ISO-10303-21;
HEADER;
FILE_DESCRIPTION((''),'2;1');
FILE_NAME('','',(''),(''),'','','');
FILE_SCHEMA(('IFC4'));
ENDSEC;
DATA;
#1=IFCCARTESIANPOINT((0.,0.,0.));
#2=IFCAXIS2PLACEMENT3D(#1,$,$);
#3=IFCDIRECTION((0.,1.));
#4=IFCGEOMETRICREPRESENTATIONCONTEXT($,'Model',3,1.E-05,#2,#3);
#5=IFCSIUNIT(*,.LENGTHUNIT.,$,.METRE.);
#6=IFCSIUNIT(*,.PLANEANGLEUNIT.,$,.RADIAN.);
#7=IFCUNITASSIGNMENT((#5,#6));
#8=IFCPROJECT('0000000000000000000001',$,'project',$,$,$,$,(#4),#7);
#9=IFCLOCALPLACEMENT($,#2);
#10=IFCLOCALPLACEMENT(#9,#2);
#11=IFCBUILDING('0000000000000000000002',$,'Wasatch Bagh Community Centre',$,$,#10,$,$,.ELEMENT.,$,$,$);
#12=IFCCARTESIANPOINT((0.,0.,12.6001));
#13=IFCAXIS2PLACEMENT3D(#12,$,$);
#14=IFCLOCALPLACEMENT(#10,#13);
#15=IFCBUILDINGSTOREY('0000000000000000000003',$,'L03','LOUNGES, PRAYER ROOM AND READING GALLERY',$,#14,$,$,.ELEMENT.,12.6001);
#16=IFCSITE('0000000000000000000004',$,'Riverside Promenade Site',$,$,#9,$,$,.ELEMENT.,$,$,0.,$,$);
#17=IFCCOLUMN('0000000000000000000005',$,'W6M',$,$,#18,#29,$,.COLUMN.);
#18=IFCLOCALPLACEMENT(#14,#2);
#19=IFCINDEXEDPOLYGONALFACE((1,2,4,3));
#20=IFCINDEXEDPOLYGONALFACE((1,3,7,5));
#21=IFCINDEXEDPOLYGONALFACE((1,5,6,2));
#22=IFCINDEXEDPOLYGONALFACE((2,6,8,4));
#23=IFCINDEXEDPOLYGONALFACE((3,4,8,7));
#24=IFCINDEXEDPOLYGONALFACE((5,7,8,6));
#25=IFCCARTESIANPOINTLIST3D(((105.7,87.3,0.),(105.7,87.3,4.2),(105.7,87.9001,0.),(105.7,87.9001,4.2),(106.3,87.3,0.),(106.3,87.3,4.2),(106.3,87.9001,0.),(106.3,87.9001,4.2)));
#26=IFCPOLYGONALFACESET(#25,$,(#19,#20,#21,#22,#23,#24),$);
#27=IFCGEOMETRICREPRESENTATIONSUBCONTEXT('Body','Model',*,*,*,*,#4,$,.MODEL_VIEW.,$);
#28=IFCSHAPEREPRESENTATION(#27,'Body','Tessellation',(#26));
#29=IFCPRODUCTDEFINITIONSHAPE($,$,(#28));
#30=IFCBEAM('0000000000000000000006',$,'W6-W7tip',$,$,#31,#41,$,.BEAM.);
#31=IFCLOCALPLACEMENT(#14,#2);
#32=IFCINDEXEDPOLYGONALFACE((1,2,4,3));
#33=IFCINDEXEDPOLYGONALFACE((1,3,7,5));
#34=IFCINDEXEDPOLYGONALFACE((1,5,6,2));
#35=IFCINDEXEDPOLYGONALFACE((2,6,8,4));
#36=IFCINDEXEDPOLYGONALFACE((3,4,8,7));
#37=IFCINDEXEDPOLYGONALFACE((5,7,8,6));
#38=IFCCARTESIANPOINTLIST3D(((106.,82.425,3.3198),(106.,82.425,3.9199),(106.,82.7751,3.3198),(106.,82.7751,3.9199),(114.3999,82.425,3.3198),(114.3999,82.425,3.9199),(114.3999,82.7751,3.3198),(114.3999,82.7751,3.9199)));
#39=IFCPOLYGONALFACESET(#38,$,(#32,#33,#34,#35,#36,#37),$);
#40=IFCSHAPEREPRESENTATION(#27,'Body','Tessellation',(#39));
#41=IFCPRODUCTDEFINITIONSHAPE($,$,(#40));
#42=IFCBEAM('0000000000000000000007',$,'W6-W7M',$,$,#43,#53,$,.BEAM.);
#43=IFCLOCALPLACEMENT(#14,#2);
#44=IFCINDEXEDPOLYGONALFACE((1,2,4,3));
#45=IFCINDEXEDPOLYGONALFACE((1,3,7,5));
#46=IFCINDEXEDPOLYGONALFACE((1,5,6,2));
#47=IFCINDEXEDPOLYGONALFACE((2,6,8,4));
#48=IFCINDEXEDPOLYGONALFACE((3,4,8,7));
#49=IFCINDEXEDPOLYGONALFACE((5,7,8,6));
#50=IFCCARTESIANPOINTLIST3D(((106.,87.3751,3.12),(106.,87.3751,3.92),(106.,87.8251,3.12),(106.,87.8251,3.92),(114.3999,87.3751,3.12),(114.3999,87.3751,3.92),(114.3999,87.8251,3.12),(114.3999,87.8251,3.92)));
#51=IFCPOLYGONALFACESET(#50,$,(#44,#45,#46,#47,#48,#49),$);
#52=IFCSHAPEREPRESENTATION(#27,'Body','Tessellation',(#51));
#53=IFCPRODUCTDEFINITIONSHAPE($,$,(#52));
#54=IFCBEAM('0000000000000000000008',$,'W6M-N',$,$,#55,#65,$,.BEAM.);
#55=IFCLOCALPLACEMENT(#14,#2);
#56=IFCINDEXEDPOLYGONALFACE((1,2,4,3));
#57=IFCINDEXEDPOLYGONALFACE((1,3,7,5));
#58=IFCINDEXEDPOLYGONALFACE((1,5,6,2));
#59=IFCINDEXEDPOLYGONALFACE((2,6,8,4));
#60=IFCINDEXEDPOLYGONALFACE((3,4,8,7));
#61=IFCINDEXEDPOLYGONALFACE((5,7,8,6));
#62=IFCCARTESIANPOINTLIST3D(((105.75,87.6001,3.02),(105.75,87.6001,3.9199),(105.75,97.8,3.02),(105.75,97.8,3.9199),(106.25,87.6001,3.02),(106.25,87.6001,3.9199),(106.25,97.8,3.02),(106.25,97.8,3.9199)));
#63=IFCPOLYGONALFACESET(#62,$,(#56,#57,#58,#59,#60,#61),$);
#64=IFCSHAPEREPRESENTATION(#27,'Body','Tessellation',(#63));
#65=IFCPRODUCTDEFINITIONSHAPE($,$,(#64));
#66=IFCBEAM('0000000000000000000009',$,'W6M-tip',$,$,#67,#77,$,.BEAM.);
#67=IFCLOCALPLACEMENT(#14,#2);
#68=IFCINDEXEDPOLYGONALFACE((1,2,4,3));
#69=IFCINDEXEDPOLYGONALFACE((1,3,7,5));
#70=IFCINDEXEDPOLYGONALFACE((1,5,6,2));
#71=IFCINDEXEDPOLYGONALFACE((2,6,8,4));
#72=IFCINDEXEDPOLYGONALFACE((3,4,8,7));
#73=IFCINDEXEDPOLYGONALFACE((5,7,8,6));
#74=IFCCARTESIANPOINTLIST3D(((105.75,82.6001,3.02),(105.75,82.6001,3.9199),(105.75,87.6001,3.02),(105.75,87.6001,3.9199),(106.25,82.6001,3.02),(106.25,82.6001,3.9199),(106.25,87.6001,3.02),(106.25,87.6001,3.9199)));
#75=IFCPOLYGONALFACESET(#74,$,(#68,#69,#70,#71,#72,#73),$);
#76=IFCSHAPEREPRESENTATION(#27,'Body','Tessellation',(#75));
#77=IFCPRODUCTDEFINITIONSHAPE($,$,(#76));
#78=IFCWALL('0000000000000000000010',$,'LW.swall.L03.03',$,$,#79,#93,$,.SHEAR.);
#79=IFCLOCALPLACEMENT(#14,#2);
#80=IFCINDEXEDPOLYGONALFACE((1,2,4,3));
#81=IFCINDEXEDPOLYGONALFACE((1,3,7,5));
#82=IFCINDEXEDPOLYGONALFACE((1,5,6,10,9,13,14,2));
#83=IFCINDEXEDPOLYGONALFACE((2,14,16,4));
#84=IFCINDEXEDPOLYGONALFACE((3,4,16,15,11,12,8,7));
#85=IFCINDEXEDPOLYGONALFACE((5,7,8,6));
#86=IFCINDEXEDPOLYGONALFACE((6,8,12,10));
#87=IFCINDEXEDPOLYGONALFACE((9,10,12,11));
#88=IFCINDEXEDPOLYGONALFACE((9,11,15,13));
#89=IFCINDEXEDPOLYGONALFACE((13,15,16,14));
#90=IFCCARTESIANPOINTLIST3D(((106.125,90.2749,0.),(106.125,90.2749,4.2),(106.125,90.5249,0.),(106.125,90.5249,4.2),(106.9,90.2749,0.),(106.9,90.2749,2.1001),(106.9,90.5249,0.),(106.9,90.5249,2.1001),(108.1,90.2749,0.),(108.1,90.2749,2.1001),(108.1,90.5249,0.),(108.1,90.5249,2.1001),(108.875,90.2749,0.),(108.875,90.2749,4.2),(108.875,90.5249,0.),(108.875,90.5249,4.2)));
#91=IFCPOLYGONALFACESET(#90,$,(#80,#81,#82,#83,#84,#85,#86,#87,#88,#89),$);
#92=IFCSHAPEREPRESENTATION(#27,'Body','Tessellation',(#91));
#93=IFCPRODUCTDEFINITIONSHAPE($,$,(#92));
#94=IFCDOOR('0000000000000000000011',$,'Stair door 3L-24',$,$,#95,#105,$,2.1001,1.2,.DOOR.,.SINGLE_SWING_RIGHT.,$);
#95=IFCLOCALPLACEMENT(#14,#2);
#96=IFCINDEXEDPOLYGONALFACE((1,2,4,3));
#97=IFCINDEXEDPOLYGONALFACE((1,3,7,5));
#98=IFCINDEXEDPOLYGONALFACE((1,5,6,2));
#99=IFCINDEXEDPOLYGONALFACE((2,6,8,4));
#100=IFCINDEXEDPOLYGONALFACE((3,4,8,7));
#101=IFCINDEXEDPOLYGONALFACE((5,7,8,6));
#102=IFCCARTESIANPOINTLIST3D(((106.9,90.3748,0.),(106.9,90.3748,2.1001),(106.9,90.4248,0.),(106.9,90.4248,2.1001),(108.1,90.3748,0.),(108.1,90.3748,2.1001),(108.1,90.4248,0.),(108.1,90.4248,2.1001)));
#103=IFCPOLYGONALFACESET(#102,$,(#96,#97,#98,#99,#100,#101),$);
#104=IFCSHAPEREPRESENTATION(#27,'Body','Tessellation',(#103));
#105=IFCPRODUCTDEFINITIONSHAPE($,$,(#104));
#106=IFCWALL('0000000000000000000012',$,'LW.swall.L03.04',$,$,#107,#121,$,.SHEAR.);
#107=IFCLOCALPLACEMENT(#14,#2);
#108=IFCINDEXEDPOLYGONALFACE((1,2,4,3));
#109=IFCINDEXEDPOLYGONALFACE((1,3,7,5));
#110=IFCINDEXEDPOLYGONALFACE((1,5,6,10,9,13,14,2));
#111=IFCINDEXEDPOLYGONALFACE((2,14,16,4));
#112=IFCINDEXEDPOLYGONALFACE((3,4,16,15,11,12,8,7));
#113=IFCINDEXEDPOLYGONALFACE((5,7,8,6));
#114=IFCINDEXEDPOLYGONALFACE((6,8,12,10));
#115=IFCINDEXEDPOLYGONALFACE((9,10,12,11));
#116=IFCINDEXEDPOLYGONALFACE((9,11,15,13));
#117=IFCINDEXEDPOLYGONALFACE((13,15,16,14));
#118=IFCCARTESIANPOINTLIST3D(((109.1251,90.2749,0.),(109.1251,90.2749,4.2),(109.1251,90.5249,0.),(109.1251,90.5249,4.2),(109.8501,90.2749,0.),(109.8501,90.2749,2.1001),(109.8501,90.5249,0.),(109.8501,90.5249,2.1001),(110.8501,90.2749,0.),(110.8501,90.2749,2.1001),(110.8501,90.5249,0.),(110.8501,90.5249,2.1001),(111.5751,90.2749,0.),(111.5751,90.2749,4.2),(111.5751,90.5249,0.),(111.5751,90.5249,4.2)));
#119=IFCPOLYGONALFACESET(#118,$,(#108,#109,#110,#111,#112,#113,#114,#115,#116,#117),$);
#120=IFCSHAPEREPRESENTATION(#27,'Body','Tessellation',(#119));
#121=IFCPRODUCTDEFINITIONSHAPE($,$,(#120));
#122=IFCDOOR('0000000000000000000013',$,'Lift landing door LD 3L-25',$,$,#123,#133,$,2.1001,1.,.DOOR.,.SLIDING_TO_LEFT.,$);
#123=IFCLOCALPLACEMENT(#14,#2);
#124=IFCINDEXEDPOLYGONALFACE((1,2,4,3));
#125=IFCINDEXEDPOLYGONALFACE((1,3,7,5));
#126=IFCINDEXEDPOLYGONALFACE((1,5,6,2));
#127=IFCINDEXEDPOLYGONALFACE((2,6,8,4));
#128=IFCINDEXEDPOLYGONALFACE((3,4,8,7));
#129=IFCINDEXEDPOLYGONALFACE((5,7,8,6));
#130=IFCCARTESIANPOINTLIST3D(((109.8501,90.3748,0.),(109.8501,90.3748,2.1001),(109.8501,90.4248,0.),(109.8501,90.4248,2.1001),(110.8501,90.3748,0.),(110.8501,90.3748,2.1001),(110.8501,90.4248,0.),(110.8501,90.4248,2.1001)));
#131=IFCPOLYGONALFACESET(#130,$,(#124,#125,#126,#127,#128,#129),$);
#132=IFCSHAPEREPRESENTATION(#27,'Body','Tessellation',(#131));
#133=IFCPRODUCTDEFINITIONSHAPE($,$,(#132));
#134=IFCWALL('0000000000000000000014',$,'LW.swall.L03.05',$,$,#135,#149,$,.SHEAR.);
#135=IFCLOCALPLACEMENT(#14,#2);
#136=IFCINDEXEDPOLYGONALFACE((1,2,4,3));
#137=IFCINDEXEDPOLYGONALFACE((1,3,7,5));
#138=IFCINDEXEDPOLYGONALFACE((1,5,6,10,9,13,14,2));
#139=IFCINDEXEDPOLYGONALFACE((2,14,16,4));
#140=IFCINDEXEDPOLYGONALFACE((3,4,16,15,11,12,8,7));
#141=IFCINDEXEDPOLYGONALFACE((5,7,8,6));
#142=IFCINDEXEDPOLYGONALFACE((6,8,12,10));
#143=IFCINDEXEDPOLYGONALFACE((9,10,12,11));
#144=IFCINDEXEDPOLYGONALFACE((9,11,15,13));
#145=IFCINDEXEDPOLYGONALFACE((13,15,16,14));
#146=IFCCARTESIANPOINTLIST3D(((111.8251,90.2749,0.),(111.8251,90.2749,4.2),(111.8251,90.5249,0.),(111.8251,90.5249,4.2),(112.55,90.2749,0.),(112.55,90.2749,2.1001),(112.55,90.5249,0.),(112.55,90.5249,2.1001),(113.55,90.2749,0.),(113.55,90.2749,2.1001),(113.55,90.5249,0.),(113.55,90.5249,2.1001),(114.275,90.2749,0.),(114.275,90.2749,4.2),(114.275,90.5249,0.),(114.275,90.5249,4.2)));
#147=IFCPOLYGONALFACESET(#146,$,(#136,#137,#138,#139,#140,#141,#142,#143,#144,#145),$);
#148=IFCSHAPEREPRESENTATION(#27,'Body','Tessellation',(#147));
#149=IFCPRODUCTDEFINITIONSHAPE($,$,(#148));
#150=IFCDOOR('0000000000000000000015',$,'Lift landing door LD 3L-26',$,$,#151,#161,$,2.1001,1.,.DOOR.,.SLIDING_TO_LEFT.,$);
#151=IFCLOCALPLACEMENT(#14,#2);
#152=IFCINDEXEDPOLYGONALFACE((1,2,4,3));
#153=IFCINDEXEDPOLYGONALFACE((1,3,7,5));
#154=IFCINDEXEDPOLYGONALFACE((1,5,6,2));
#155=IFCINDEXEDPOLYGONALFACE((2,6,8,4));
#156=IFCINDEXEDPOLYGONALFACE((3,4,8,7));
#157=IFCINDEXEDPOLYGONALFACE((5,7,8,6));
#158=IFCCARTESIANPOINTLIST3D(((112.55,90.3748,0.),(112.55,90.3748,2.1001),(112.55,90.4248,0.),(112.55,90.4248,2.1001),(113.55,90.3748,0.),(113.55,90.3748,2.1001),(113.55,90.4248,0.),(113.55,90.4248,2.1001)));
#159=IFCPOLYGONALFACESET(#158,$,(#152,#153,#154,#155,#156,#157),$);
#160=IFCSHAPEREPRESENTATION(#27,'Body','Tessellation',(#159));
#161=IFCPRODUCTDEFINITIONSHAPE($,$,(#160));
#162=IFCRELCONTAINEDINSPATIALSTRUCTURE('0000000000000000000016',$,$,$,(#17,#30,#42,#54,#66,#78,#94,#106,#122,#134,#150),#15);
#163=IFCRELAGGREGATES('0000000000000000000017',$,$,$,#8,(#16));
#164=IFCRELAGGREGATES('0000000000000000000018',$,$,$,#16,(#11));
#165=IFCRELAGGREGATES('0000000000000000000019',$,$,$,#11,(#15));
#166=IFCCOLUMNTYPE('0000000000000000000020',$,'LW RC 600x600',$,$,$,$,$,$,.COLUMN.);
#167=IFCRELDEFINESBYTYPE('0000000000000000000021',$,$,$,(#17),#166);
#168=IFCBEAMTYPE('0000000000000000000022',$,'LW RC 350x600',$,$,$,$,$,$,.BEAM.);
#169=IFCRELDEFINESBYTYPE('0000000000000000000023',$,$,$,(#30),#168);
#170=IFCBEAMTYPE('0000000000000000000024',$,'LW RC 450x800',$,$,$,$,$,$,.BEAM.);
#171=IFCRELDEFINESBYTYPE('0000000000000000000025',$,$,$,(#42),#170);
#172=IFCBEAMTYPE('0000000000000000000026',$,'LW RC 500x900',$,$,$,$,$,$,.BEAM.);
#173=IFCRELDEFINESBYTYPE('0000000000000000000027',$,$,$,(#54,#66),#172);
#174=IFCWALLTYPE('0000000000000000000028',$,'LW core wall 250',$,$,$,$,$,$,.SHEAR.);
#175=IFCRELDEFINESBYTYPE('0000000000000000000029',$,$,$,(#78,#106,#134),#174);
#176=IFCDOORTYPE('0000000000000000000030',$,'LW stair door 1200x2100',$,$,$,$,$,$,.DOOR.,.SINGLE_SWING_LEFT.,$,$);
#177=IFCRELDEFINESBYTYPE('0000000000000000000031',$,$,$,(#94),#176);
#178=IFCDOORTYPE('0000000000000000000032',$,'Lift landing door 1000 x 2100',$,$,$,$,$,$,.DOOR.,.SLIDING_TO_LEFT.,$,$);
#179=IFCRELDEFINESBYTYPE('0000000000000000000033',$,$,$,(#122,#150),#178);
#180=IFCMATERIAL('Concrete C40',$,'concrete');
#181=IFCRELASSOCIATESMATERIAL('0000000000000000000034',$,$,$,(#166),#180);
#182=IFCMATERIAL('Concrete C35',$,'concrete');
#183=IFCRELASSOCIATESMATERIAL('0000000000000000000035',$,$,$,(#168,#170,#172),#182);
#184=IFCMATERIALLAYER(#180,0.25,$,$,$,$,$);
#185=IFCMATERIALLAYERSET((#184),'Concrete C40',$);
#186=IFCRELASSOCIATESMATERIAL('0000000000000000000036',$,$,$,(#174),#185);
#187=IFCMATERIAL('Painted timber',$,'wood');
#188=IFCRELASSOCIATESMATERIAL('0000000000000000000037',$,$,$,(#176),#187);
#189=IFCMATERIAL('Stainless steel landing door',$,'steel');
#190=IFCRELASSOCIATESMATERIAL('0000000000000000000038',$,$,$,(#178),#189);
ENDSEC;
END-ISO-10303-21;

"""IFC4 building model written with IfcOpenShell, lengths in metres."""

from ifc_helpers import new_model, si_unit, direction, frame, frame_2d, origin, origin_2d, place, context, subcontext, project, spatial, rectangle, extrude, material, layer, layer_set, material_profile, profile_set, type_object, element, fill, save


model = new_model("IFC4")

# Units and contexts
model_context = context("Model", 3, precision=1e-05, world=origin(), true_north=direction((0.0, 1.0)))
body_context = subcontext(model_context, "Body", "Model", "MODEL_VIEW")
ifc_project = project(units=[si_unit("LENGTHUNIT", "METRE"), si_unit("PLANEANGLEUNIT", "RADIAN")], contexts=[model_context])

# Site, building, storey
site_placement = place(None, origin())
site = spatial("IfcSite", under=ifc_project, at=site_placement, Name="Riverside Promenade Site", CompositionType="ELEMENT", RefElevation=0.0)
building_placement = place(site_placement, origin())
building = spatial("IfcBuilding", under=site, at=building_placement, Name="Wasatch Bagh Community Centre", CompositionType="ELEMENT")
storey_placement = place(building_placement, frame((0.0, 0.0, 12.6001)))
storey = spatial("IfcBuildingStorey", under=building, at=storey_placement, Name="L03", Description="LOUNGES, PRAYER ROOM AND READING GALLERY", CompositionType="ELEMENT", Elevation=12.6001)

# Column
ifc_material_1 = material(Name="Concrete C40", Category="concrete")
ifc_material_profile_1 = material_profile(ifc_material_1, rectangle(XDim=0.6001, YDim=0.6001, at=origin_2d()), Name="RC 600x600")
ifc_profile_set_1 = profile_set([ifc_material_profile_1], Name="Concrete C40")
column_type = type_object("IfcColumnType", Name="LW RC 600x600", PredefinedType="COLUMN", material=ifc_profile_set_1)
column_placement = place(storey_placement, frame((106.0, 87.6001, 0.0), z_axis=(0.0, 0.0, 1.0), x_axis=(1.0, 0.0, 0.0)))
element("IfcColumn", 1, at=column_placement, inside=storey, type_object=column_type, Name="W6M", PredefinedType="COLUMN", context=body_context, shape_type="SweptSolid", body=[
    extrude(rectangle(XDim=0.6001, YDim=0.6001, at=origin_2d()), origin(), (0.0, 0.0, 1.0), 4.2),
])

# Beams
ifc_material_2 = material(Name="Concrete C35", Category="concrete")
ifc_material_profile_2 = material_profile(ifc_material_2, rectangle(XDim=0.3501, YDim=0.6001, at=origin_2d()), Name="RC 350x600")
ifc_profile_set_2 = profile_set([ifc_material_profile_2], Name="Concrete C35")
beam_type_1 = type_object("IfcBeamType", Name="LW RC 350x600", PredefinedType="BEAM", material=ifc_profile_set_2)
beam_1_placement = place(storey_placement, frame((106.0, 82.6001, 3.6199), z_axis=(1.0, 0.0, 0.0), x_axis=(0.0, 1.0, 0.0)))
element("IfcBeam", 2, at=beam_1_placement, inside=storey, type_object=beam_type_1, Name="W6-W7tip", PredefinedType="BEAM", context=body_context, shape_type="SweptSolid", body=[
    extrude(rectangle(XDim=0.3501, YDim=0.6001, at=origin_2d()), origin(), (0.0, 0.0, 1.0), 8.3999),
])
ifc_material_profile_3 = material_profile(ifc_material_2, rectangle(XDim=0.45, YDim=0.8, at=origin_2d()), Name="RC 450x800")
ifc_profile_set_3 = profile_set([ifc_material_profile_3], Name="Concrete C35")
beam_type_2 = type_object("IfcBeamType", Name="LW RC 450x800", PredefinedType="BEAM", material=ifc_profile_set_3)
beam_2_placement = place(storey_placement, frame((106.0, 87.6001, 3.52), z_axis=(1.0, 0.0, 0.0), x_axis=(0.0, 1.0, 0.0)))
element("IfcBeam", 3, at=beam_2_placement, inside=storey, type_object=beam_type_2, Name="W6-W7M", PredefinedType="BEAM", context=body_context, shape_type="SweptSolid", body=[
    extrude(rectangle(XDim=0.45, YDim=0.8, at=origin_2d()), origin(), (0.0, 0.0, 1.0), 8.3999),
])
ifc_material_profile_4 = material_profile(ifc_material_2, rectangle(XDim=0.5, YDim=0.8999, at=origin_2d()), Name="RC 500x900")
ifc_profile_set_4 = profile_set([ifc_material_profile_4], Name="Concrete C35")
beam_type_3 = type_object("IfcBeamType", Name="LW RC 500x900", PredefinedType="BEAM", material=ifc_profile_set_4)
beam_3_placement = place(storey_placement, frame((106.0, 87.6001, 3.47), z_axis=(0.0, 1.0, 0.0), x_axis=(-1.0, 0.0, 0.0)))
element("IfcBeam", 4, at=beam_3_placement, inside=storey, type_object=beam_type_3, Name="W6M-N", PredefinedType="BEAM", context=body_context, shape_type="SweptSolid", body=[
    extrude(rectangle(XDim=0.5, YDim=0.8999, at=origin_2d()), origin(), (0.0, 0.0, 1.0), 10.2),
])
beam_4_placement = place(storey_placement, frame((106.0, 87.6001, 3.47), z_axis=(0.0, -1.0, 0.0), x_axis=(1.0, 0.0, 0.0)))
element("IfcBeam", 5, at=beam_4_placement, inside=storey, type_object=beam_type_3, Name="W6M-tip", PredefinedType="BEAM", context=body_context, shape_type="SweptSolid", body=[
    extrude(rectangle(XDim=0.5, YDim=0.8999, at=origin_2d()), origin(), (0.0, 0.0, 1.0), 5.0),
])

# Walls, openings, doors
ifc_layer_1 = layer(ifc_material_1, 0.25)
ifc_layer_set_1 = layer_set([ifc_layer_1], Name="Concrete C40")
wall_type_1 = type_object("IfcWallType", Name="LW core wall 250", PredefinedType="SHEAR", material=ifc_layer_set_1)
wall_1_placement = place(storey_placement, frame((106.125, 90.3999, 0.0), z_axis=(0.0, 0.0, 1.0), x_axis=(1.0, 0.0, 0.0)))
wall_1 = element("IfcWall", 6, at=wall_1_placement, inside=storey, type_object=wall_type_1, Name="LW.swall.L03.03", PredefinedType="SHEAR", context=body_context, shape_type="SweptSolid", body=[
    extrude(rectangle(XDim=2.75, YDim=0.25, at=frame_2d((1.375, 0.0))), origin(), (0.0, 0.0, 1.0), 4.2),
])
opening_1_placement = place(wall_1_placement, frame((0.7749, 0.0, 0.0)))
opening_1 = element("IfcOpeningElement", 7, at=opening_1_placement, cuts=wall_1, PredefinedType="OPENING", context=body_context, shape_type="SweptSolid", body=[
    extrude(rectangle(XDim=1.2, YDim=2.1001, at=frame_2d((0.6001, 1.05))), frame((0.0, 0.135, 0.0), z_axis=(0.0, -1.0, 0.0), x_axis=(1.0, 0.0, 0.0)), (0.0, 0.0, 1.0), 0.27),
])
ifc_material_3 = material(Name="Painted timber", Category="wood")
door_type_1 = type_object("IfcDoorType", Name="LW stair door 1200x2100", OperationType="SINGLE_SWING_LEFT", PredefinedType="DOOR", material=ifc_material_3)
door_1_placement = place(opening_1_placement, origin())
door_1 = element("IfcDoor", 8, at=door_1_placement, inside=storey, type_object=door_type_1, Name="Stair door 3L-24", OperationType="SINGLE_SWING_RIGHT", OverallHeight=2.1001, OverallWidth=1.2, PredefinedType="DOOR", context=body_context, shape_type="SweptSolid", body=[
    extrude(rectangle(XDim=1.2, YDim=2.1001, at=frame_2d((0.6001, 1.05))), frame((0.0, 0.0249, 0.0), z_axis=(0.0, -1.0, 0.0), x_axis=(1.0, 0.0, 0.0)), (0.0, 0.0, 1.0), 0.05),
])
fill(opening_1, door_1)
wall_2_placement = place(storey_placement, frame((109.125, 90.3999, 0.0), z_axis=(0.0, 0.0, 1.0), x_axis=(1.0, 0.0, 0.0)))
wall_2 = element("IfcWall", 9, at=wall_2_placement, inside=storey, type_object=wall_type_1, Name="LW.swall.L03.04", PredefinedType="SHEAR", context=body_context, shape_type="SweptSolid", body=[
    extrude(rectangle(XDim=2.45, YDim=0.25, at=frame_2d((1.2251, 0.0))), origin(), (0.0, 0.0, 1.0), 4.2),
])
opening_2_placement = place(wall_2_placement, frame((0.7251, 0.0, 0.0)))
opening_2 = element("IfcOpeningElement", 10, at=opening_2_placement, cuts=wall_2, PredefinedType="OPENING", context=body_context, shape_type="SweptSolid", body=[
    extrude(rectangle(XDim=1.0, YDim=2.1001, at=frame_2d((0.5, 1.05))), frame((0.0, 0.135, 0.0), z_axis=(0.0, -1.0, 0.0), x_axis=(1.0, 0.0, 0.0)), (0.0, 0.0, 1.0), 0.27),
])
ifc_material_4 = material(Name="Stainless steel landing door", Category="steel")
door_type_2 = type_object("IfcDoorType", Name="Lift landing door 1000 x 2100", OperationType="SLIDING_TO_LEFT", PredefinedType="DOOR", material=ifc_material_4)
door_2_placement = place(opening_2_placement, origin())
door_2 = element("IfcDoor", 11, at=door_2_placement, inside=storey, type_object=door_type_2, Name="Lift landing door LD 3L-25", OperationType="SLIDING_TO_LEFT", OverallHeight=2.1001, OverallWidth=1.0, PredefinedType="DOOR", context=body_context, shape_type="SweptSolid", body=[
    extrude(rectangle(XDim=1.0, YDim=2.1001, at=frame_2d((0.5, 1.05))), frame((0.0, 0.0249, 0.0), z_axis=(0.0, -1.0, 0.0), x_axis=(1.0, 0.0, 0.0)), (0.0, 0.0, 1.0), 0.05),
])
fill(opening_2, door_2)
wall_3_placement = place(storey_placement, frame((111.825, 90.3999, 0.0), z_axis=(0.0, 0.0, 1.0), x_axis=(1.0, 0.0, 0.0)))
wall_3 = element("IfcWall", 12, at=wall_3_placement, inside=storey, type_object=wall_type_1, Name="LW.swall.L03.05", PredefinedType="SHEAR", context=body_context, shape_type="SweptSolid", body=[
    extrude(rectangle(XDim=2.45, YDim=0.25, at=frame_2d((1.2251, 0.0))), origin(), (0.0, 0.0, 1.0), 4.2),
])
opening_3_placement = place(wall_3_placement, frame((0.7251, 0.0, 0.0)))
opening_3 = element("IfcOpeningElement", 13, at=opening_3_placement, cuts=wall_3, PredefinedType="OPENING", context=body_context, shape_type="SweptSolid", body=[
    extrude(rectangle(XDim=1.0, YDim=2.1001, at=frame_2d((0.5, 1.05))), frame((0.0, 0.135, 0.0), z_axis=(0.0, -1.0, 0.0), x_axis=(1.0, 0.0, 0.0)), (0.0, 0.0, 1.0), 0.27),
])
door_3_placement = place(opening_3_placement, origin())
door_3 = element("IfcDoor", 14, at=door_3_placement, inside=storey, type_object=door_type_2, Name="Lift landing door LD 3L-26", OperationType="SLIDING_TO_LEFT", OverallHeight=2.1001, OverallWidth=1.0, PredefinedType="DOOR", context=body_context, shape_type="SweptSolid", body=[
    extrude(rectangle(XDim=1.0, YDim=2.1001, at=frame_2d((0.5, 1.05))), frame((0.0, 0.0249, 0.0), z_axis=(0.0, -1.0, 0.0), x_axis=(1.0, 0.0, 0.0)), (0.0, 0.0, 1.0), 0.05),
])
fill(opening_3, door_3)

save(model, "model.ifc")
